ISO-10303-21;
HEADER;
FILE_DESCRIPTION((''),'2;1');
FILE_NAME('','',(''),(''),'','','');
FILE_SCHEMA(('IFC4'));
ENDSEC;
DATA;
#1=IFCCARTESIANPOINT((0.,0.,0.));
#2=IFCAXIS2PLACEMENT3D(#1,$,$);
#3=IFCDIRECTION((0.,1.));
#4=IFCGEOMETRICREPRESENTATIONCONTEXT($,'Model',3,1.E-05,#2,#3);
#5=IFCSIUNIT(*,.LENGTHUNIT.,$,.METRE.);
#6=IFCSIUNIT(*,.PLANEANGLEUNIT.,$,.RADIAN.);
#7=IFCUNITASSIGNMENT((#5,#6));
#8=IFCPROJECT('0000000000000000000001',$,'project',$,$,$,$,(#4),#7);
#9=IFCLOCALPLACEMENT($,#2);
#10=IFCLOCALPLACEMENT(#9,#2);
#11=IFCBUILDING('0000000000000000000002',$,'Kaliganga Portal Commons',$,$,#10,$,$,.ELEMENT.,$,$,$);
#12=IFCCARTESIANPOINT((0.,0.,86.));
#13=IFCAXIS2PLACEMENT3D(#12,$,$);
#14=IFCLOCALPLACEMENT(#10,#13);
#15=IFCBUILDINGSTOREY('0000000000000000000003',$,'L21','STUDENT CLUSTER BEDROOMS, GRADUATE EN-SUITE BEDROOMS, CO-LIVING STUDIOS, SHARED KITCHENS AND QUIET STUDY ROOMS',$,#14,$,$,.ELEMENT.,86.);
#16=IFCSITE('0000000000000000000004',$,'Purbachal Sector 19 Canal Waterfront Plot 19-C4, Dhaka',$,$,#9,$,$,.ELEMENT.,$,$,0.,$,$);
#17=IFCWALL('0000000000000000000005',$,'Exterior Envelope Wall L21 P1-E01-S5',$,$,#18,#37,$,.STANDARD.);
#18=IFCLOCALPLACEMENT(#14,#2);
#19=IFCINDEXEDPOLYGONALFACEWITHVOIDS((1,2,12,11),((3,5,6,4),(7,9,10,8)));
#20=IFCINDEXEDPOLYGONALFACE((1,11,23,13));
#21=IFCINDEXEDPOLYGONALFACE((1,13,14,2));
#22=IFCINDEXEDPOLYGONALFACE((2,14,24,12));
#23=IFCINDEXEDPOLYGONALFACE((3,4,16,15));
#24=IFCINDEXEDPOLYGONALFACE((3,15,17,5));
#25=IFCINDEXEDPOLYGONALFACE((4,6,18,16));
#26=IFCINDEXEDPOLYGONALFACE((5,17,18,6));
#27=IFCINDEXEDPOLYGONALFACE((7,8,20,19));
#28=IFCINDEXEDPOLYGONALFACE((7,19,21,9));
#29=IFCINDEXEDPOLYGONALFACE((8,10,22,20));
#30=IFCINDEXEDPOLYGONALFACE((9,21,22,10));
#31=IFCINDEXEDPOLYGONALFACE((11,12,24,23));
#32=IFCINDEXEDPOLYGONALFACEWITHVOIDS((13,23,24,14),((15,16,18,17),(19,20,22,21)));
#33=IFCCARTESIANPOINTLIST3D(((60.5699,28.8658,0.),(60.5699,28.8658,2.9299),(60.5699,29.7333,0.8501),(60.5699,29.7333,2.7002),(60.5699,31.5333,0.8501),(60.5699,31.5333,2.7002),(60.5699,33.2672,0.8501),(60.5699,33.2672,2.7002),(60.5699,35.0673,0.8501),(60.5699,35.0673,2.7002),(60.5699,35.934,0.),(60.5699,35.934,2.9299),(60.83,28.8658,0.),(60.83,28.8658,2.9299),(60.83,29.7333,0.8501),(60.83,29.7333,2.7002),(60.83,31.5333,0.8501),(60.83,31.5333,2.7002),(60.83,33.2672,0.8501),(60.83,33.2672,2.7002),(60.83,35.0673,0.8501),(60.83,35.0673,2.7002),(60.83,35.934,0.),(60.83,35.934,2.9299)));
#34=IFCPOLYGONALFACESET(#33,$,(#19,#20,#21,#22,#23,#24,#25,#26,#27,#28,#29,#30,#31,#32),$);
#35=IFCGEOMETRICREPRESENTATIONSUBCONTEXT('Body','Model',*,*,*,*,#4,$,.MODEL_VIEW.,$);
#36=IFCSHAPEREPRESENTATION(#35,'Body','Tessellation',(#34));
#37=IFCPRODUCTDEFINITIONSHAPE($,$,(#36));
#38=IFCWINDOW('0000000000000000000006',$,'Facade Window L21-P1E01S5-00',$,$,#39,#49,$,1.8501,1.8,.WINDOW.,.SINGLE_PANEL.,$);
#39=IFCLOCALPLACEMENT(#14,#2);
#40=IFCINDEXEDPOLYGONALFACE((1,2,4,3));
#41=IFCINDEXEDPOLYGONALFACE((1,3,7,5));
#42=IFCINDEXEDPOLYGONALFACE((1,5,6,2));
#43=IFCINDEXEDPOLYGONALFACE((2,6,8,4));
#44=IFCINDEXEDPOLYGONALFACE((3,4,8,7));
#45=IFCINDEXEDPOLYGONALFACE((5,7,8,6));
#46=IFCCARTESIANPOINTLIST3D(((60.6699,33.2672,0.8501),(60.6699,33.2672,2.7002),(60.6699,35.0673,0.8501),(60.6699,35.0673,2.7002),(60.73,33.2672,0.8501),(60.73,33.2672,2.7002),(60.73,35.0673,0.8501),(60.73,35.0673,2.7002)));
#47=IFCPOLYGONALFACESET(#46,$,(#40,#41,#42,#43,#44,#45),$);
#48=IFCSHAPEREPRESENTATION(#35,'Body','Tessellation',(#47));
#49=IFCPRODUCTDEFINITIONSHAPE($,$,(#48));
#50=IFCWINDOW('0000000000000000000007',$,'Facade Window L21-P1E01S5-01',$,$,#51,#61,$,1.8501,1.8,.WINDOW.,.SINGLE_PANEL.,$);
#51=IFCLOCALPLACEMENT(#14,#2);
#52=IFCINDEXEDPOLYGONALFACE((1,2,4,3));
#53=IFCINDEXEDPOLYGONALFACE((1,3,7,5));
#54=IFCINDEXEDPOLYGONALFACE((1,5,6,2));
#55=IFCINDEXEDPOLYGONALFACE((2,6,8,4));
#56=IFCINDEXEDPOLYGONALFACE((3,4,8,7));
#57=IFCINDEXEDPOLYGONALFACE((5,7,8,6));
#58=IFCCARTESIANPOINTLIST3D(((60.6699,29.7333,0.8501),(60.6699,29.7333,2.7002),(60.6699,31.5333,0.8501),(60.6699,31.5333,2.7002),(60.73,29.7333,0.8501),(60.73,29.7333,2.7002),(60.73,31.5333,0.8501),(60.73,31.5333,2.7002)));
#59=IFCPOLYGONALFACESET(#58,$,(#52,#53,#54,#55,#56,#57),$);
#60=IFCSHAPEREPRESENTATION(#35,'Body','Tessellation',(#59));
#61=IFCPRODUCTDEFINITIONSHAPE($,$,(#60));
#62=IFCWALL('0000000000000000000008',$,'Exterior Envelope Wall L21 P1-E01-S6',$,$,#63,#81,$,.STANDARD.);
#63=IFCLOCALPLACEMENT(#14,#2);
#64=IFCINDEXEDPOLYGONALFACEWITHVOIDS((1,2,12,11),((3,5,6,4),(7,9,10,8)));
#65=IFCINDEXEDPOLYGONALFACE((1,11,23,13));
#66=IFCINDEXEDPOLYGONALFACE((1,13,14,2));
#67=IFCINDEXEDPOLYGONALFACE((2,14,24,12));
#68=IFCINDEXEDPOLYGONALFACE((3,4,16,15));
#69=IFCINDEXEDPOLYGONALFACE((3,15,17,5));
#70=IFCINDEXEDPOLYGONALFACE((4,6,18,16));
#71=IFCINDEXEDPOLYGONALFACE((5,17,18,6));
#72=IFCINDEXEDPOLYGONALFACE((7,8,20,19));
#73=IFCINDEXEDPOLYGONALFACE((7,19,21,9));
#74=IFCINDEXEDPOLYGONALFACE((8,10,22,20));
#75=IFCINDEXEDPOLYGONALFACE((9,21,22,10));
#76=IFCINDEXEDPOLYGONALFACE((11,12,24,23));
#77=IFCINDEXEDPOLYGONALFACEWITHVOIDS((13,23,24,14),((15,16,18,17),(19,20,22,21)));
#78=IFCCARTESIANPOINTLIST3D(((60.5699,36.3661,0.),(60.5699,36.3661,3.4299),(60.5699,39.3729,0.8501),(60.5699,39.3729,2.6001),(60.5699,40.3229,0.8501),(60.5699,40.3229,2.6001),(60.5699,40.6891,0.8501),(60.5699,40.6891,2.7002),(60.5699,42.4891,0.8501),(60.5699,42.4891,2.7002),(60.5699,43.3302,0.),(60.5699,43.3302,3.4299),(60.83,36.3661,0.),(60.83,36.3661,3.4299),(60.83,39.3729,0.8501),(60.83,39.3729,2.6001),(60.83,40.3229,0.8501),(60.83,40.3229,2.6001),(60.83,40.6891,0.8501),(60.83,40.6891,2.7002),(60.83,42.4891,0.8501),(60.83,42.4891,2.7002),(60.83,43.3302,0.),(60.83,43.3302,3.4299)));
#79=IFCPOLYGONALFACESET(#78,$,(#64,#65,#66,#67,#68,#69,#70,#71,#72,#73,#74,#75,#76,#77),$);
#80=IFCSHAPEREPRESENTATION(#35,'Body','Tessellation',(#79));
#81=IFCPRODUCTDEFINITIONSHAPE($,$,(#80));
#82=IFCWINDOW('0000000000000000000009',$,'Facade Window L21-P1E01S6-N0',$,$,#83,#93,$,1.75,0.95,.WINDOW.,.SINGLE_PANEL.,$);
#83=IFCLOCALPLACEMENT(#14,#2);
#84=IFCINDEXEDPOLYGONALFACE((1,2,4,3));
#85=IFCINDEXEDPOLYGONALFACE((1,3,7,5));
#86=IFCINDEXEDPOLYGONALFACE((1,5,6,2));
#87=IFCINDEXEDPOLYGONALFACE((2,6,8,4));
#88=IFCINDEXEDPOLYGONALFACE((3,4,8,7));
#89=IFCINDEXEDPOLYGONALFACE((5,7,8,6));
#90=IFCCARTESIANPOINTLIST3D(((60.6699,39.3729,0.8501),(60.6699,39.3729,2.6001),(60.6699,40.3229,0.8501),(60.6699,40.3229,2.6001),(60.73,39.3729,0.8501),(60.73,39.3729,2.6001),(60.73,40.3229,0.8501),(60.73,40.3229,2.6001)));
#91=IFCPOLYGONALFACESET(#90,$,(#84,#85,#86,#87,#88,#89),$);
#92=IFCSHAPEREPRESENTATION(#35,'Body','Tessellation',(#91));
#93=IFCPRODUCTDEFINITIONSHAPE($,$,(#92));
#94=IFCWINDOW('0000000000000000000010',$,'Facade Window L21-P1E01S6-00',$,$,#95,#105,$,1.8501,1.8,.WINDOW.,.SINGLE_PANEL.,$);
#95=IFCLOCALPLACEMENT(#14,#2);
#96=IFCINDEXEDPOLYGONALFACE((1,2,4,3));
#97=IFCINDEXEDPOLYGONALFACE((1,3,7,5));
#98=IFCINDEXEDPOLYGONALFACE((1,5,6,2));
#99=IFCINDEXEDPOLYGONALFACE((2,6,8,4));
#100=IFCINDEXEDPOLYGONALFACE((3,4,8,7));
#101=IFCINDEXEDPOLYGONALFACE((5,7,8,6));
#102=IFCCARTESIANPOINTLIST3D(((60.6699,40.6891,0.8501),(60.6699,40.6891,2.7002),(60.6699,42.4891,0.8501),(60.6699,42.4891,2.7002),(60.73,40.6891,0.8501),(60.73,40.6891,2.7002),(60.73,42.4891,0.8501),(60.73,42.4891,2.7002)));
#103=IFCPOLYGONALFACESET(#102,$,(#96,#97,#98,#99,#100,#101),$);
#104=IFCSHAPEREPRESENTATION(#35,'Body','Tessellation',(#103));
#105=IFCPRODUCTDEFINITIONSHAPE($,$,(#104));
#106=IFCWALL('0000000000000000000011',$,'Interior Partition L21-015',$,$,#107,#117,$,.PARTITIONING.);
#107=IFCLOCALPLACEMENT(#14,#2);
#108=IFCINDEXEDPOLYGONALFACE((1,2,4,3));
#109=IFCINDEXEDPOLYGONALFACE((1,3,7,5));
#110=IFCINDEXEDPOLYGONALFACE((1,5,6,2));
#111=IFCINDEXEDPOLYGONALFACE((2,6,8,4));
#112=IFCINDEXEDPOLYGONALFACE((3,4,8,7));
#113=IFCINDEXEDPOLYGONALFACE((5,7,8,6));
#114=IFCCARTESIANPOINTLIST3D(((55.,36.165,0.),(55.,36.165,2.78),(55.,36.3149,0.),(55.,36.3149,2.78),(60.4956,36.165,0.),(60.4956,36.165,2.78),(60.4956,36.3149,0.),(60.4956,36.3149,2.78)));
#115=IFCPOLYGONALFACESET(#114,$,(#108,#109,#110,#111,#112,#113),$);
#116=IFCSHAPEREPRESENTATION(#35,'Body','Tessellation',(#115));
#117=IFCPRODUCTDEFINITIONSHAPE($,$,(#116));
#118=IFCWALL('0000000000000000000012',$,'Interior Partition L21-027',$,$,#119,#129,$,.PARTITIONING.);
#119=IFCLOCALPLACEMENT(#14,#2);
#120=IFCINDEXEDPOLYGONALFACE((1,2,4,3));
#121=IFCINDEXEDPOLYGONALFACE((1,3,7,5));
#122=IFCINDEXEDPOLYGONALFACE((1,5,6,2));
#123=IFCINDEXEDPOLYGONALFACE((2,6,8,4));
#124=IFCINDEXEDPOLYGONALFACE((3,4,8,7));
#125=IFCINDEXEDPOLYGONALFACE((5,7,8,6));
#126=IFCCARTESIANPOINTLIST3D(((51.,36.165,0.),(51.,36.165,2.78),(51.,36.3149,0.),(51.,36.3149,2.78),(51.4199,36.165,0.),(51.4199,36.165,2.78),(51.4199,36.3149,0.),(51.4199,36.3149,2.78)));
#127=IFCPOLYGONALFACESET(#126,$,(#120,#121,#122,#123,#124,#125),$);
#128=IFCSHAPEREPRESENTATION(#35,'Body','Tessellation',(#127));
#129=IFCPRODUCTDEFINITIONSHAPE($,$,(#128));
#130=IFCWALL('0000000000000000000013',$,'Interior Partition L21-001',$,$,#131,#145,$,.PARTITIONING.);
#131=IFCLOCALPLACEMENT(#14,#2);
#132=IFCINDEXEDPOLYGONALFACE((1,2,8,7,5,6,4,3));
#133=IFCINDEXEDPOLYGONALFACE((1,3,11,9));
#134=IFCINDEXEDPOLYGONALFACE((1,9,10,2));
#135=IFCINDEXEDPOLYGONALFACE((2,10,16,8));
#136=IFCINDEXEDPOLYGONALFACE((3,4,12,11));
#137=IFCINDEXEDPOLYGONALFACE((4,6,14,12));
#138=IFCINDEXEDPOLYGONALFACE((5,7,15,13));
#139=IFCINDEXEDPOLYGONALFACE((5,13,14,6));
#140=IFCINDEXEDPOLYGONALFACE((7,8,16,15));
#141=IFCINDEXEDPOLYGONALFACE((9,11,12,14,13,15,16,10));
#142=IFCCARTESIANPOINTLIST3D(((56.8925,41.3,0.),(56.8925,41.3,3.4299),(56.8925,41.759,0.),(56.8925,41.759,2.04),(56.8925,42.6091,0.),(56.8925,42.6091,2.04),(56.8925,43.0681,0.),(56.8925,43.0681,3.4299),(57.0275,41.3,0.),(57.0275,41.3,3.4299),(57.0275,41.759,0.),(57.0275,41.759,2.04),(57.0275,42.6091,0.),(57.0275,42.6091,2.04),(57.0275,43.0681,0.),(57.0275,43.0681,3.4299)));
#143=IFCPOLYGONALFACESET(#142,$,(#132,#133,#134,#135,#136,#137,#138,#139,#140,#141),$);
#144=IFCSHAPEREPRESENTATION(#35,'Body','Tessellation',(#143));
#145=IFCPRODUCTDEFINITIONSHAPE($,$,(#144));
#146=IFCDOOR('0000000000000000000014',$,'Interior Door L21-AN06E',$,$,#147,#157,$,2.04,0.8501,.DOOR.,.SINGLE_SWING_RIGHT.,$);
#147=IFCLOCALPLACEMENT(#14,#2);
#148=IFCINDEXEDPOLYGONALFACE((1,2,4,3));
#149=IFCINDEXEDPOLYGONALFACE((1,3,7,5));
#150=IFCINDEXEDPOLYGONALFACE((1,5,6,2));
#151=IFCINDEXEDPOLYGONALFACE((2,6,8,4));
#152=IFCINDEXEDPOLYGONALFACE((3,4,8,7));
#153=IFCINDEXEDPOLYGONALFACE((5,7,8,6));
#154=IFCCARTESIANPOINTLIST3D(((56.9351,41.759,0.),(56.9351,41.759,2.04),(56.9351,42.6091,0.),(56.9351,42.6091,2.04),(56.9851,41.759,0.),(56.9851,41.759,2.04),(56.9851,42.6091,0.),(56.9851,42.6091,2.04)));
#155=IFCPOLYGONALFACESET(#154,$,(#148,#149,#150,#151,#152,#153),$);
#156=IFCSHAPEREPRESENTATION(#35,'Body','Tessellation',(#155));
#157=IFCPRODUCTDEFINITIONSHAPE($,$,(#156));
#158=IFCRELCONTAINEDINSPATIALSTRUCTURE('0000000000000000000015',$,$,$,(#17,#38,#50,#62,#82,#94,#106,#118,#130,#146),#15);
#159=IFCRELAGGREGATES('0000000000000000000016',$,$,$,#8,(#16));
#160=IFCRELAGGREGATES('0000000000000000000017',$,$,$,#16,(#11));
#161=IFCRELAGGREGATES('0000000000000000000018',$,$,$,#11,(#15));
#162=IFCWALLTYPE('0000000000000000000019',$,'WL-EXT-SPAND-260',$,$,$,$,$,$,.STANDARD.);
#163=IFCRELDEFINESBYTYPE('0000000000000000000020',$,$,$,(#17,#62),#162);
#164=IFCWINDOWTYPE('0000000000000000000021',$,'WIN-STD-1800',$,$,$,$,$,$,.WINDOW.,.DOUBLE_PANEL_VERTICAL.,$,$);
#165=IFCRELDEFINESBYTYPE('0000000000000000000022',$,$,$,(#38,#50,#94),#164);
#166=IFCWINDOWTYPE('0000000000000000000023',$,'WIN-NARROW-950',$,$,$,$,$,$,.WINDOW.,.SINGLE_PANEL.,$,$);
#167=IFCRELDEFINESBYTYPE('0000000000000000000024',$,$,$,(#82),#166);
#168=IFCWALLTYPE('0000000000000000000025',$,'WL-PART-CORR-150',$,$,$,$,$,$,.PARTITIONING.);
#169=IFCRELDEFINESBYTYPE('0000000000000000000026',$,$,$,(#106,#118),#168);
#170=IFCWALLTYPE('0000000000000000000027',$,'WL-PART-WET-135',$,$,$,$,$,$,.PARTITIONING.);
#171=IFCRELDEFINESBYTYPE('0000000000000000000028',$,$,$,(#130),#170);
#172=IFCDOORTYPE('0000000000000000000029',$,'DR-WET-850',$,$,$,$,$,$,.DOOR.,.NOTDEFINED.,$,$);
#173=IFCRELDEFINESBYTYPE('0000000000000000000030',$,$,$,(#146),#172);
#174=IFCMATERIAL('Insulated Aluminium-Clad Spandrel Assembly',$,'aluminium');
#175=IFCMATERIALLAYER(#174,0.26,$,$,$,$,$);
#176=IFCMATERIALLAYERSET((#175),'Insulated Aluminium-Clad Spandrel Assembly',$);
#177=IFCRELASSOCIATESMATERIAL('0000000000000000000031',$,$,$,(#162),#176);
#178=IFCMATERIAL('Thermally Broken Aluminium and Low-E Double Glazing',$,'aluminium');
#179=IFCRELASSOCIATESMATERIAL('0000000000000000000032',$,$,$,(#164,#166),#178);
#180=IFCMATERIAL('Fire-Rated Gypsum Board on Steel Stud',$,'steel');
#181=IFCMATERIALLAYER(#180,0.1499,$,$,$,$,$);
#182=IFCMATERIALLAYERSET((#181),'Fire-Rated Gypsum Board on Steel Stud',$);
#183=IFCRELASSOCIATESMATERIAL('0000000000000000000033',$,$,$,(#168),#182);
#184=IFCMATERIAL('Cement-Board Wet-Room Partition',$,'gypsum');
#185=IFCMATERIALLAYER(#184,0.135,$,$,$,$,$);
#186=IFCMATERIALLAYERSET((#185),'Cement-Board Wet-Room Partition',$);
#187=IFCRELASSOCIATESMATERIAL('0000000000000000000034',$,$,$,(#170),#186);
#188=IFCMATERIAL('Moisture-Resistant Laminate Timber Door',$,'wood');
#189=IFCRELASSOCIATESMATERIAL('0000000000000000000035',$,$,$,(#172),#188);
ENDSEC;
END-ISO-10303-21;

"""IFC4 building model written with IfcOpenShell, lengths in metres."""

from ifc_helpers import new_model, si_unit, direction, frame, frame_2d, origin, place, context, subcontext, project, spatial, rectangle, extrude, material, layer, layer_set, type_object, element, fill, save


model = new_model("IFC4")

# Units and contexts
model_context = context("Model", 3, precision=1e-05, world=origin(), true_north=direction((0.0, 1.0)))
body_context = subcontext(model_context, "Body", "Model", "MODEL_VIEW")
ifc_project = project(units=[si_unit("LENGTHUNIT", "METRE"), si_unit("PLANEANGLEUNIT", "RADIAN")], contexts=[model_context])

# Site, building, storey
site_placement = place(None, origin())
site = spatial("IfcSite", under=ifc_project, at=site_placement, Name="Purbachal Sector 19 Canal Waterfront Plot 19-C4, Dhaka", CompositionType="ELEMENT", RefElevation=0.0)
building_placement = place(site_placement, origin())
building = spatial("IfcBuilding", under=site, at=building_placement, Name="Kaliganga Portal Commons", CompositionType="ELEMENT")
storey_placement = place(building_placement, frame((0.0, 0.0, 86.0)))
storey = spatial("IfcBuildingStorey", under=building, at=storey_placement, Name="L21", Description="STUDENT CLUSTER BEDROOMS, GRADUATE EN-SUITE BEDROOMS, CO-LIVING STUDIOS, SHARED KITCHENS AND QUIET STUDY ROOMS", CompositionType="ELEMENT", Elevation=86.0)

# Walls, openings, windows
ifc_material_1 = material(Name="Insulated Aluminium-Clad Spandrel Assembly", Category="aluminium")
ifc_layer_1 = layer(ifc_material_1, 0.26)
ifc_layer_set_1 = layer_set([ifc_layer_1], Name="Insulated Aluminium-Clad Spandrel Assembly")
wall_type_1 = type_object("IfcWallType", Name="WL-EXT-SPAND-260", PredefinedType="STANDARD", material=ifc_layer_set_1)
wall_1_placement = place(storey_placement, frame((60.7, 35.9341, 0.0), z_axis=(0.0, 0.0, 1.0), x_axis=(0.0, -1.0, 0.0)))
wall_1 = element("IfcWall", 1, at=wall_1_placement, inside=storey, type_object=wall_type_1, Name="Exterior Envelope Wall L21 P1-E01-S5", PredefinedType="STANDARD", context=body_context, shape_type="SweptSolid", body=[
    extrude(rectangle(XDim=7.0681, YDim=0.26, at=frame_2d((3.5342, 0.0))), origin(), (0.0, 0.0, 1.0), 2.9299),
])
opening_1_placement = place(wall_1_placement, frame((0.8669, 0.0, 0.8501)))
opening_1 = element("IfcOpeningElement", 2, at=opening_1_placement, cuts=wall_1, PredefinedType="OPENING", context=body_context, shape_type="SweptSolid", body=[
    extrude(rectangle(XDim=1.8, YDim=1.8501, at=frame_2d((0.8999, 0.925))), frame((0.0, 0.1401, 0.0), z_axis=(0.0, -1.0, 0.0), x_axis=(1.0, 0.0, 0.0)), (0.0, 0.0, 1.0), 0.28),
])
opening_2_placement = place(wall_1_placement, frame((4.4009, 0.0, 0.8501)))
opening_2 = element("IfcOpeningElement", 3, at=opening_2_placement, cuts=wall_1, PredefinedType="OPENING", context=body_context, shape_type="SweptSolid", body=[
    extrude(rectangle(XDim=1.8, YDim=1.8501, at=frame_2d((0.8999, 0.925))), frame((0.0, 0.1401, 0.0), z_axis=(0.0, -1.0, 0.0), x_axis=(1.0, 0.0, 0.0)), (0.0, 0.0, 1.0), 0.28),
])
ifc_material_2 = material(Name="Thermally Broken Aluminium and Low-E Double Glazing", Category="aluminium")
window_type_1 = type_object("IfcWindowType", Name="WIN-STD-1800", PartitioningType="DOUBLE_PANEL_VERTICAL", PredefinedType="WINDOW", material=ifc_material_2)
window_1_placement = place(opening_1_placement, origin())
window_1 = element("IfcWindow", 4, at=window_1_placement, inside=storey, type_object=window_type_1, Name="Facade Window L21-P1E01S5-00", OverallHeight=1.8501, OverallWidth=1.8, PartitioningType="SINGLE_PANEL", PredefinedType="WINDOW", context=body_context, shape_type="SweptSolid", body=[
    extrude(rectangle(XDim=1.8, YDim=1.8501, at=frame_2d((0.8999, 0.925))), frame((0.0, 0.03, 0.0), z_axis=(0.0, -1.0, 0.0), x_axis=(1.0, 0.0, 0.0)), (0.0, 0.0, 1.0), 0.0601),
])
fill(opening_1, window_1)
window_2_placement = place(opening_2_placement, origin())
window_2 = element("IfcWindow", 5, at=window_2_placement, inside=storey, type_object=window_type_1, Name="Facade Window L21-P1E01S5-01", OverallHeight=1.8501, OverallWidth=1.8, PartitioningType="SINGLE_PANEL", PredefinedType="WINDOW", context=body_context, shape_type="SweptSolid", body=[
    extrude(rectangle(XDim=1.8, YDim=1.8501, at=frame_2d((0.8999, 0.925))), frame((0.0, 0.03, 0.0), z_axis=(0.0, -1.0, 0.0), x_axis=(1.0, 0.0, 0.0)), (0.0, 0.0, 1.0), 0.0601),
])
fill(opening_2, window_2)
wall_2_placement = place(storey_placement, frame((60.7, 43.3301, 0.0), z_axis=(0.0, 0.0, 1.0), x_axis=(0.0, -1.0, 0.0)))
wall_2 = element("IfcWall", 6, at=wall_2_placement, inside=storey, type_object=wall_type_1, Name="Exterior Envelope Wall L21 P1-E01-S6", PredefinedType="STANDARD", context=body_context, shape_type="SweptSolid", body=[
    extrude(rectangle(XDim=6.9641, YDim=0.26, at=frame_2d((3.4819, 0.0))), origin(), (0.0, 0.0, 1.0), 3.4299),
])
opening_3_placement = place(wall_2_placement, frame((0.8411, 0.0, 0.8501)))
opening_3 = element("IfcOpeningElement", 7, at=opening_3_placement, cuts=wall_2, PredefinedType="OPENING", context=body_context, shape_type="SweptSolid", body=[
    extrude(rectangle(XDim=1.8, YDim=1.8501, at=frame_2d((0.8999, 0.925))), frame((0.0, 0.1401, 0.0), z_axis=(0.0, -1.0, 0.0), x_axis=(1.0, 0.0, 0.0)), (0.0, 0.0, 1.0), 0.28),
])
opening_4_placement = place(wall_2_placement, frame((3.0071, 0.0, 0.8501)))
opening_4 = element("IfcOpeningElement", 8, at=opening_4_placement, cuts=wall_2, PredefinedType="OPENING", context=body_context, shape_type="SweptSolid", body=[
    extrude(rectangle(XDim=0.95, YDim=1.75, at=frame_2d((0.4751, 0.875))), frame((0.0, 0.1401, 0.0), z_axis=(0.0, -1.0, 0.0), x_axis=(1.0, 0.0, 0.0)), (0.0, 0.0, 1.0), 0.28),
])
window_type_2 = type_object("IfcWindowType", Name="WIN-NARROW-950", PartitioningType="SINGLE_PANEL", PredefinedType="WINDOW", material=ifc_material_2)
window_3_placement = place(opening_4_placement, origin())
window_3 = element("IfcWindow", 9, at=window_3_placement, inside=storey, type_object=window_type_2, Name="Facade Window L21-P1E01S6-N0", OverallHeight=1.75, OverallWidth=0.95, PartitioningType="SINGLE_PANEL", PredefinedType="WINDOW", context=body_context, shape_type="SweptSolid", body=[
    extrude(rectangle(XDim=0.95, YDim=1.75, at=frame_2d((0.4751, 0.875))), frame((0.0, 0.03, 0.0), z_axis=(0.0, -1.0, 0.0), x_axis=(1.0, 0.0, 0.0)), (0.0, 0.0, 1.0), 0.0601),
])
fill(opening_4, window_3)
window_4_placement = place(opening_3_placement, origin())
window_4 = element("IfcWindow", 10, at=window_4_placement, inside=storey, type_object=window_type_1, Name="Facade Window L21-P1E01S6-00", OverallHeight=1.8501, OverallWidth=1.8, PartitioningType="SINGLE_PANEL", PredefinedType="WINDOW", context=body_context, shape_type="SweptSolid", body=[
    extrude(rectangle(XDim=1.8, YDim=1.8501, at=frame_2d((0.8999, 0.925))), frame((0.0, 0.03, 0.0), z_axis=(0.0, -1.0, 0.0), x_axis=(1.0, 0.0, 0.0)), (0.0, 0.0, 1.0), 0.0601),
])
fill(opening_3, window_4)

# Shared definitions
ifc_material_3 = material(Name="Fire-Rated Gypsum Board on Steel Stud", Category="steel")
ifc_layer_2 = layer(ifc_material_3, 0.1499)
ifc_layer_set_2 = layer_set([ifc_layer_2], Name="Fire-Rated Gypsum Board on Steel Stud")
wall_type_2 = type_object("IfcWallType", Name="WL-PART-CORR-150", PredefinedType="PARTITIONING", material=ifc_layer_set_2)

# Walls
wall_3_placement = place(storey_placement, frame((55.0, 36.24, 0.0), z_axis=(0.0, 0.0, 1.0), x_axis=(1.0, 0.0, 0.0)))
element("IfcWall", 11, at=wall_3_placement, inside=storey, type_object=wall_type_2, Name="Interior Partition L21-015", PredefinedType="PARTITIONING", context=body_context, shape_type="SweptSolid", body=[
    extrude(rectangle(XDim=5.4956, YDim=0.1499, at=frame_2d((2.7478, 0.0))), origin(), (0.0, 0.0, 1.0), 2.78),
])
wall_4_placement = place(storey_placement, frame((51.0, 36.24, 0.0), z_axis=(0.0, 0.0, 1.0), x_axis=(1.0, 0.0, 0.0)))
element("IfcWall", 12, at=wall_4_placement, inside=storey, type_object=wall_type_2, Name="Interior Partition L21-027", PredefinedType="PARTITIONING", context=body_context, shape_type="SweptSolid", body=[
    extrude(rectangle(XDim=0.4199, YDim=0.1499, at=frame_2d((0.21, 0.0))), origin(), (0.0, 0.0, 1.0), 2.78),
])

# Wall, opening, door
ifc_material_4 = material(Name="Cement-Board Wet-Room Partition", Category="gypsum")
ifc_layer_3 = layer(ifc_material_4, 0.135)
ifc_layer_set_3 = layer_set([ifc_layer_3], Name="Cement-Board Wet-Room Partition")
wall_type_3 = type_object("IfcWallType", Name="WL-PART-WET-135", PredefinedType="PARTITIONING", material=ifc_layer_set_3)
wall_5_placement = place(storey_placement, frame((56.96, 41.3, 0.0), z_axis=(0.0, 0.0, 1.0), x_axis=(0.0, 1.0, 0.0)))
wall_5 = element("IfcWall", 13, at=wall_5_placement, inside=storey, type_object=wall_type_3, Name="Interior Partition L21-001", PredefinedType="PARTITIONING", context=body_context, shape_type="SweptSolid", body=[
    extrude(rectangle(XDim=1.7681, YDim=0.135, at=frame_2d((0.884, 0.0))), origin(), (0.0, 0.0, 1.0), 3.4299),
])
opening_5_placement = place(wall_5_placement, frame((0.459, 0.0, 0.0)))
opening_5 = element("IfcOpeningElement", 14, at=opening_5_placement, cuts=wall_5, PredefinedType="OPENING", context=body_context, shape_type="SweptSolid", body=[
    extrude(rectangle(XDim=0.8501, YDim=2.04, at=frame_2d((0.425, 1.02))), frame((0.0, 0.0776, 0.0), z_axis=(0.0, -1.0, 0.0), x_axis=(1.0, 0.0, 0.0)), (0.0, 0.0, 1.0), 0.155),
])
ifc_material_5 = material(Name="Moisture-Resistant Laminate Timber Door", Category="wood")
door_type_1 = type_object("IfcDoorType", Name="DR-WET-850", OperationType="NOTDEFINED", PredefinedType="DOOR", material=ifc_material_5)
door_1_placement = place(opening_5_placement, origin())
door_1 = element("IfcDoor", 15, at=door_1_placement, inside=storey, type_object=door_type_1, Name="Interior Door L21-AN06E", OperationType="SINGLE_SWING_RIGHT", OverallHeight=2.04, OverallWidth=0.8501, PredefinedType="DOOR", context=body_context, shape_type="SweptSolid", body=[
    extrude(rectangle(XDim=0.8501, YDim=2.04, at=frame_2d((0.425, 1.02))), frame((0.0, 0.0249, 0.0), z_axis=(0.0, -1.0, 0.0), x_axis=(1.0, 0.0, 0.0)), (0.0, 0.0, 1.0), 0.05),
])
fill(opening_5, door_1)

save(model, "model.ifc")
